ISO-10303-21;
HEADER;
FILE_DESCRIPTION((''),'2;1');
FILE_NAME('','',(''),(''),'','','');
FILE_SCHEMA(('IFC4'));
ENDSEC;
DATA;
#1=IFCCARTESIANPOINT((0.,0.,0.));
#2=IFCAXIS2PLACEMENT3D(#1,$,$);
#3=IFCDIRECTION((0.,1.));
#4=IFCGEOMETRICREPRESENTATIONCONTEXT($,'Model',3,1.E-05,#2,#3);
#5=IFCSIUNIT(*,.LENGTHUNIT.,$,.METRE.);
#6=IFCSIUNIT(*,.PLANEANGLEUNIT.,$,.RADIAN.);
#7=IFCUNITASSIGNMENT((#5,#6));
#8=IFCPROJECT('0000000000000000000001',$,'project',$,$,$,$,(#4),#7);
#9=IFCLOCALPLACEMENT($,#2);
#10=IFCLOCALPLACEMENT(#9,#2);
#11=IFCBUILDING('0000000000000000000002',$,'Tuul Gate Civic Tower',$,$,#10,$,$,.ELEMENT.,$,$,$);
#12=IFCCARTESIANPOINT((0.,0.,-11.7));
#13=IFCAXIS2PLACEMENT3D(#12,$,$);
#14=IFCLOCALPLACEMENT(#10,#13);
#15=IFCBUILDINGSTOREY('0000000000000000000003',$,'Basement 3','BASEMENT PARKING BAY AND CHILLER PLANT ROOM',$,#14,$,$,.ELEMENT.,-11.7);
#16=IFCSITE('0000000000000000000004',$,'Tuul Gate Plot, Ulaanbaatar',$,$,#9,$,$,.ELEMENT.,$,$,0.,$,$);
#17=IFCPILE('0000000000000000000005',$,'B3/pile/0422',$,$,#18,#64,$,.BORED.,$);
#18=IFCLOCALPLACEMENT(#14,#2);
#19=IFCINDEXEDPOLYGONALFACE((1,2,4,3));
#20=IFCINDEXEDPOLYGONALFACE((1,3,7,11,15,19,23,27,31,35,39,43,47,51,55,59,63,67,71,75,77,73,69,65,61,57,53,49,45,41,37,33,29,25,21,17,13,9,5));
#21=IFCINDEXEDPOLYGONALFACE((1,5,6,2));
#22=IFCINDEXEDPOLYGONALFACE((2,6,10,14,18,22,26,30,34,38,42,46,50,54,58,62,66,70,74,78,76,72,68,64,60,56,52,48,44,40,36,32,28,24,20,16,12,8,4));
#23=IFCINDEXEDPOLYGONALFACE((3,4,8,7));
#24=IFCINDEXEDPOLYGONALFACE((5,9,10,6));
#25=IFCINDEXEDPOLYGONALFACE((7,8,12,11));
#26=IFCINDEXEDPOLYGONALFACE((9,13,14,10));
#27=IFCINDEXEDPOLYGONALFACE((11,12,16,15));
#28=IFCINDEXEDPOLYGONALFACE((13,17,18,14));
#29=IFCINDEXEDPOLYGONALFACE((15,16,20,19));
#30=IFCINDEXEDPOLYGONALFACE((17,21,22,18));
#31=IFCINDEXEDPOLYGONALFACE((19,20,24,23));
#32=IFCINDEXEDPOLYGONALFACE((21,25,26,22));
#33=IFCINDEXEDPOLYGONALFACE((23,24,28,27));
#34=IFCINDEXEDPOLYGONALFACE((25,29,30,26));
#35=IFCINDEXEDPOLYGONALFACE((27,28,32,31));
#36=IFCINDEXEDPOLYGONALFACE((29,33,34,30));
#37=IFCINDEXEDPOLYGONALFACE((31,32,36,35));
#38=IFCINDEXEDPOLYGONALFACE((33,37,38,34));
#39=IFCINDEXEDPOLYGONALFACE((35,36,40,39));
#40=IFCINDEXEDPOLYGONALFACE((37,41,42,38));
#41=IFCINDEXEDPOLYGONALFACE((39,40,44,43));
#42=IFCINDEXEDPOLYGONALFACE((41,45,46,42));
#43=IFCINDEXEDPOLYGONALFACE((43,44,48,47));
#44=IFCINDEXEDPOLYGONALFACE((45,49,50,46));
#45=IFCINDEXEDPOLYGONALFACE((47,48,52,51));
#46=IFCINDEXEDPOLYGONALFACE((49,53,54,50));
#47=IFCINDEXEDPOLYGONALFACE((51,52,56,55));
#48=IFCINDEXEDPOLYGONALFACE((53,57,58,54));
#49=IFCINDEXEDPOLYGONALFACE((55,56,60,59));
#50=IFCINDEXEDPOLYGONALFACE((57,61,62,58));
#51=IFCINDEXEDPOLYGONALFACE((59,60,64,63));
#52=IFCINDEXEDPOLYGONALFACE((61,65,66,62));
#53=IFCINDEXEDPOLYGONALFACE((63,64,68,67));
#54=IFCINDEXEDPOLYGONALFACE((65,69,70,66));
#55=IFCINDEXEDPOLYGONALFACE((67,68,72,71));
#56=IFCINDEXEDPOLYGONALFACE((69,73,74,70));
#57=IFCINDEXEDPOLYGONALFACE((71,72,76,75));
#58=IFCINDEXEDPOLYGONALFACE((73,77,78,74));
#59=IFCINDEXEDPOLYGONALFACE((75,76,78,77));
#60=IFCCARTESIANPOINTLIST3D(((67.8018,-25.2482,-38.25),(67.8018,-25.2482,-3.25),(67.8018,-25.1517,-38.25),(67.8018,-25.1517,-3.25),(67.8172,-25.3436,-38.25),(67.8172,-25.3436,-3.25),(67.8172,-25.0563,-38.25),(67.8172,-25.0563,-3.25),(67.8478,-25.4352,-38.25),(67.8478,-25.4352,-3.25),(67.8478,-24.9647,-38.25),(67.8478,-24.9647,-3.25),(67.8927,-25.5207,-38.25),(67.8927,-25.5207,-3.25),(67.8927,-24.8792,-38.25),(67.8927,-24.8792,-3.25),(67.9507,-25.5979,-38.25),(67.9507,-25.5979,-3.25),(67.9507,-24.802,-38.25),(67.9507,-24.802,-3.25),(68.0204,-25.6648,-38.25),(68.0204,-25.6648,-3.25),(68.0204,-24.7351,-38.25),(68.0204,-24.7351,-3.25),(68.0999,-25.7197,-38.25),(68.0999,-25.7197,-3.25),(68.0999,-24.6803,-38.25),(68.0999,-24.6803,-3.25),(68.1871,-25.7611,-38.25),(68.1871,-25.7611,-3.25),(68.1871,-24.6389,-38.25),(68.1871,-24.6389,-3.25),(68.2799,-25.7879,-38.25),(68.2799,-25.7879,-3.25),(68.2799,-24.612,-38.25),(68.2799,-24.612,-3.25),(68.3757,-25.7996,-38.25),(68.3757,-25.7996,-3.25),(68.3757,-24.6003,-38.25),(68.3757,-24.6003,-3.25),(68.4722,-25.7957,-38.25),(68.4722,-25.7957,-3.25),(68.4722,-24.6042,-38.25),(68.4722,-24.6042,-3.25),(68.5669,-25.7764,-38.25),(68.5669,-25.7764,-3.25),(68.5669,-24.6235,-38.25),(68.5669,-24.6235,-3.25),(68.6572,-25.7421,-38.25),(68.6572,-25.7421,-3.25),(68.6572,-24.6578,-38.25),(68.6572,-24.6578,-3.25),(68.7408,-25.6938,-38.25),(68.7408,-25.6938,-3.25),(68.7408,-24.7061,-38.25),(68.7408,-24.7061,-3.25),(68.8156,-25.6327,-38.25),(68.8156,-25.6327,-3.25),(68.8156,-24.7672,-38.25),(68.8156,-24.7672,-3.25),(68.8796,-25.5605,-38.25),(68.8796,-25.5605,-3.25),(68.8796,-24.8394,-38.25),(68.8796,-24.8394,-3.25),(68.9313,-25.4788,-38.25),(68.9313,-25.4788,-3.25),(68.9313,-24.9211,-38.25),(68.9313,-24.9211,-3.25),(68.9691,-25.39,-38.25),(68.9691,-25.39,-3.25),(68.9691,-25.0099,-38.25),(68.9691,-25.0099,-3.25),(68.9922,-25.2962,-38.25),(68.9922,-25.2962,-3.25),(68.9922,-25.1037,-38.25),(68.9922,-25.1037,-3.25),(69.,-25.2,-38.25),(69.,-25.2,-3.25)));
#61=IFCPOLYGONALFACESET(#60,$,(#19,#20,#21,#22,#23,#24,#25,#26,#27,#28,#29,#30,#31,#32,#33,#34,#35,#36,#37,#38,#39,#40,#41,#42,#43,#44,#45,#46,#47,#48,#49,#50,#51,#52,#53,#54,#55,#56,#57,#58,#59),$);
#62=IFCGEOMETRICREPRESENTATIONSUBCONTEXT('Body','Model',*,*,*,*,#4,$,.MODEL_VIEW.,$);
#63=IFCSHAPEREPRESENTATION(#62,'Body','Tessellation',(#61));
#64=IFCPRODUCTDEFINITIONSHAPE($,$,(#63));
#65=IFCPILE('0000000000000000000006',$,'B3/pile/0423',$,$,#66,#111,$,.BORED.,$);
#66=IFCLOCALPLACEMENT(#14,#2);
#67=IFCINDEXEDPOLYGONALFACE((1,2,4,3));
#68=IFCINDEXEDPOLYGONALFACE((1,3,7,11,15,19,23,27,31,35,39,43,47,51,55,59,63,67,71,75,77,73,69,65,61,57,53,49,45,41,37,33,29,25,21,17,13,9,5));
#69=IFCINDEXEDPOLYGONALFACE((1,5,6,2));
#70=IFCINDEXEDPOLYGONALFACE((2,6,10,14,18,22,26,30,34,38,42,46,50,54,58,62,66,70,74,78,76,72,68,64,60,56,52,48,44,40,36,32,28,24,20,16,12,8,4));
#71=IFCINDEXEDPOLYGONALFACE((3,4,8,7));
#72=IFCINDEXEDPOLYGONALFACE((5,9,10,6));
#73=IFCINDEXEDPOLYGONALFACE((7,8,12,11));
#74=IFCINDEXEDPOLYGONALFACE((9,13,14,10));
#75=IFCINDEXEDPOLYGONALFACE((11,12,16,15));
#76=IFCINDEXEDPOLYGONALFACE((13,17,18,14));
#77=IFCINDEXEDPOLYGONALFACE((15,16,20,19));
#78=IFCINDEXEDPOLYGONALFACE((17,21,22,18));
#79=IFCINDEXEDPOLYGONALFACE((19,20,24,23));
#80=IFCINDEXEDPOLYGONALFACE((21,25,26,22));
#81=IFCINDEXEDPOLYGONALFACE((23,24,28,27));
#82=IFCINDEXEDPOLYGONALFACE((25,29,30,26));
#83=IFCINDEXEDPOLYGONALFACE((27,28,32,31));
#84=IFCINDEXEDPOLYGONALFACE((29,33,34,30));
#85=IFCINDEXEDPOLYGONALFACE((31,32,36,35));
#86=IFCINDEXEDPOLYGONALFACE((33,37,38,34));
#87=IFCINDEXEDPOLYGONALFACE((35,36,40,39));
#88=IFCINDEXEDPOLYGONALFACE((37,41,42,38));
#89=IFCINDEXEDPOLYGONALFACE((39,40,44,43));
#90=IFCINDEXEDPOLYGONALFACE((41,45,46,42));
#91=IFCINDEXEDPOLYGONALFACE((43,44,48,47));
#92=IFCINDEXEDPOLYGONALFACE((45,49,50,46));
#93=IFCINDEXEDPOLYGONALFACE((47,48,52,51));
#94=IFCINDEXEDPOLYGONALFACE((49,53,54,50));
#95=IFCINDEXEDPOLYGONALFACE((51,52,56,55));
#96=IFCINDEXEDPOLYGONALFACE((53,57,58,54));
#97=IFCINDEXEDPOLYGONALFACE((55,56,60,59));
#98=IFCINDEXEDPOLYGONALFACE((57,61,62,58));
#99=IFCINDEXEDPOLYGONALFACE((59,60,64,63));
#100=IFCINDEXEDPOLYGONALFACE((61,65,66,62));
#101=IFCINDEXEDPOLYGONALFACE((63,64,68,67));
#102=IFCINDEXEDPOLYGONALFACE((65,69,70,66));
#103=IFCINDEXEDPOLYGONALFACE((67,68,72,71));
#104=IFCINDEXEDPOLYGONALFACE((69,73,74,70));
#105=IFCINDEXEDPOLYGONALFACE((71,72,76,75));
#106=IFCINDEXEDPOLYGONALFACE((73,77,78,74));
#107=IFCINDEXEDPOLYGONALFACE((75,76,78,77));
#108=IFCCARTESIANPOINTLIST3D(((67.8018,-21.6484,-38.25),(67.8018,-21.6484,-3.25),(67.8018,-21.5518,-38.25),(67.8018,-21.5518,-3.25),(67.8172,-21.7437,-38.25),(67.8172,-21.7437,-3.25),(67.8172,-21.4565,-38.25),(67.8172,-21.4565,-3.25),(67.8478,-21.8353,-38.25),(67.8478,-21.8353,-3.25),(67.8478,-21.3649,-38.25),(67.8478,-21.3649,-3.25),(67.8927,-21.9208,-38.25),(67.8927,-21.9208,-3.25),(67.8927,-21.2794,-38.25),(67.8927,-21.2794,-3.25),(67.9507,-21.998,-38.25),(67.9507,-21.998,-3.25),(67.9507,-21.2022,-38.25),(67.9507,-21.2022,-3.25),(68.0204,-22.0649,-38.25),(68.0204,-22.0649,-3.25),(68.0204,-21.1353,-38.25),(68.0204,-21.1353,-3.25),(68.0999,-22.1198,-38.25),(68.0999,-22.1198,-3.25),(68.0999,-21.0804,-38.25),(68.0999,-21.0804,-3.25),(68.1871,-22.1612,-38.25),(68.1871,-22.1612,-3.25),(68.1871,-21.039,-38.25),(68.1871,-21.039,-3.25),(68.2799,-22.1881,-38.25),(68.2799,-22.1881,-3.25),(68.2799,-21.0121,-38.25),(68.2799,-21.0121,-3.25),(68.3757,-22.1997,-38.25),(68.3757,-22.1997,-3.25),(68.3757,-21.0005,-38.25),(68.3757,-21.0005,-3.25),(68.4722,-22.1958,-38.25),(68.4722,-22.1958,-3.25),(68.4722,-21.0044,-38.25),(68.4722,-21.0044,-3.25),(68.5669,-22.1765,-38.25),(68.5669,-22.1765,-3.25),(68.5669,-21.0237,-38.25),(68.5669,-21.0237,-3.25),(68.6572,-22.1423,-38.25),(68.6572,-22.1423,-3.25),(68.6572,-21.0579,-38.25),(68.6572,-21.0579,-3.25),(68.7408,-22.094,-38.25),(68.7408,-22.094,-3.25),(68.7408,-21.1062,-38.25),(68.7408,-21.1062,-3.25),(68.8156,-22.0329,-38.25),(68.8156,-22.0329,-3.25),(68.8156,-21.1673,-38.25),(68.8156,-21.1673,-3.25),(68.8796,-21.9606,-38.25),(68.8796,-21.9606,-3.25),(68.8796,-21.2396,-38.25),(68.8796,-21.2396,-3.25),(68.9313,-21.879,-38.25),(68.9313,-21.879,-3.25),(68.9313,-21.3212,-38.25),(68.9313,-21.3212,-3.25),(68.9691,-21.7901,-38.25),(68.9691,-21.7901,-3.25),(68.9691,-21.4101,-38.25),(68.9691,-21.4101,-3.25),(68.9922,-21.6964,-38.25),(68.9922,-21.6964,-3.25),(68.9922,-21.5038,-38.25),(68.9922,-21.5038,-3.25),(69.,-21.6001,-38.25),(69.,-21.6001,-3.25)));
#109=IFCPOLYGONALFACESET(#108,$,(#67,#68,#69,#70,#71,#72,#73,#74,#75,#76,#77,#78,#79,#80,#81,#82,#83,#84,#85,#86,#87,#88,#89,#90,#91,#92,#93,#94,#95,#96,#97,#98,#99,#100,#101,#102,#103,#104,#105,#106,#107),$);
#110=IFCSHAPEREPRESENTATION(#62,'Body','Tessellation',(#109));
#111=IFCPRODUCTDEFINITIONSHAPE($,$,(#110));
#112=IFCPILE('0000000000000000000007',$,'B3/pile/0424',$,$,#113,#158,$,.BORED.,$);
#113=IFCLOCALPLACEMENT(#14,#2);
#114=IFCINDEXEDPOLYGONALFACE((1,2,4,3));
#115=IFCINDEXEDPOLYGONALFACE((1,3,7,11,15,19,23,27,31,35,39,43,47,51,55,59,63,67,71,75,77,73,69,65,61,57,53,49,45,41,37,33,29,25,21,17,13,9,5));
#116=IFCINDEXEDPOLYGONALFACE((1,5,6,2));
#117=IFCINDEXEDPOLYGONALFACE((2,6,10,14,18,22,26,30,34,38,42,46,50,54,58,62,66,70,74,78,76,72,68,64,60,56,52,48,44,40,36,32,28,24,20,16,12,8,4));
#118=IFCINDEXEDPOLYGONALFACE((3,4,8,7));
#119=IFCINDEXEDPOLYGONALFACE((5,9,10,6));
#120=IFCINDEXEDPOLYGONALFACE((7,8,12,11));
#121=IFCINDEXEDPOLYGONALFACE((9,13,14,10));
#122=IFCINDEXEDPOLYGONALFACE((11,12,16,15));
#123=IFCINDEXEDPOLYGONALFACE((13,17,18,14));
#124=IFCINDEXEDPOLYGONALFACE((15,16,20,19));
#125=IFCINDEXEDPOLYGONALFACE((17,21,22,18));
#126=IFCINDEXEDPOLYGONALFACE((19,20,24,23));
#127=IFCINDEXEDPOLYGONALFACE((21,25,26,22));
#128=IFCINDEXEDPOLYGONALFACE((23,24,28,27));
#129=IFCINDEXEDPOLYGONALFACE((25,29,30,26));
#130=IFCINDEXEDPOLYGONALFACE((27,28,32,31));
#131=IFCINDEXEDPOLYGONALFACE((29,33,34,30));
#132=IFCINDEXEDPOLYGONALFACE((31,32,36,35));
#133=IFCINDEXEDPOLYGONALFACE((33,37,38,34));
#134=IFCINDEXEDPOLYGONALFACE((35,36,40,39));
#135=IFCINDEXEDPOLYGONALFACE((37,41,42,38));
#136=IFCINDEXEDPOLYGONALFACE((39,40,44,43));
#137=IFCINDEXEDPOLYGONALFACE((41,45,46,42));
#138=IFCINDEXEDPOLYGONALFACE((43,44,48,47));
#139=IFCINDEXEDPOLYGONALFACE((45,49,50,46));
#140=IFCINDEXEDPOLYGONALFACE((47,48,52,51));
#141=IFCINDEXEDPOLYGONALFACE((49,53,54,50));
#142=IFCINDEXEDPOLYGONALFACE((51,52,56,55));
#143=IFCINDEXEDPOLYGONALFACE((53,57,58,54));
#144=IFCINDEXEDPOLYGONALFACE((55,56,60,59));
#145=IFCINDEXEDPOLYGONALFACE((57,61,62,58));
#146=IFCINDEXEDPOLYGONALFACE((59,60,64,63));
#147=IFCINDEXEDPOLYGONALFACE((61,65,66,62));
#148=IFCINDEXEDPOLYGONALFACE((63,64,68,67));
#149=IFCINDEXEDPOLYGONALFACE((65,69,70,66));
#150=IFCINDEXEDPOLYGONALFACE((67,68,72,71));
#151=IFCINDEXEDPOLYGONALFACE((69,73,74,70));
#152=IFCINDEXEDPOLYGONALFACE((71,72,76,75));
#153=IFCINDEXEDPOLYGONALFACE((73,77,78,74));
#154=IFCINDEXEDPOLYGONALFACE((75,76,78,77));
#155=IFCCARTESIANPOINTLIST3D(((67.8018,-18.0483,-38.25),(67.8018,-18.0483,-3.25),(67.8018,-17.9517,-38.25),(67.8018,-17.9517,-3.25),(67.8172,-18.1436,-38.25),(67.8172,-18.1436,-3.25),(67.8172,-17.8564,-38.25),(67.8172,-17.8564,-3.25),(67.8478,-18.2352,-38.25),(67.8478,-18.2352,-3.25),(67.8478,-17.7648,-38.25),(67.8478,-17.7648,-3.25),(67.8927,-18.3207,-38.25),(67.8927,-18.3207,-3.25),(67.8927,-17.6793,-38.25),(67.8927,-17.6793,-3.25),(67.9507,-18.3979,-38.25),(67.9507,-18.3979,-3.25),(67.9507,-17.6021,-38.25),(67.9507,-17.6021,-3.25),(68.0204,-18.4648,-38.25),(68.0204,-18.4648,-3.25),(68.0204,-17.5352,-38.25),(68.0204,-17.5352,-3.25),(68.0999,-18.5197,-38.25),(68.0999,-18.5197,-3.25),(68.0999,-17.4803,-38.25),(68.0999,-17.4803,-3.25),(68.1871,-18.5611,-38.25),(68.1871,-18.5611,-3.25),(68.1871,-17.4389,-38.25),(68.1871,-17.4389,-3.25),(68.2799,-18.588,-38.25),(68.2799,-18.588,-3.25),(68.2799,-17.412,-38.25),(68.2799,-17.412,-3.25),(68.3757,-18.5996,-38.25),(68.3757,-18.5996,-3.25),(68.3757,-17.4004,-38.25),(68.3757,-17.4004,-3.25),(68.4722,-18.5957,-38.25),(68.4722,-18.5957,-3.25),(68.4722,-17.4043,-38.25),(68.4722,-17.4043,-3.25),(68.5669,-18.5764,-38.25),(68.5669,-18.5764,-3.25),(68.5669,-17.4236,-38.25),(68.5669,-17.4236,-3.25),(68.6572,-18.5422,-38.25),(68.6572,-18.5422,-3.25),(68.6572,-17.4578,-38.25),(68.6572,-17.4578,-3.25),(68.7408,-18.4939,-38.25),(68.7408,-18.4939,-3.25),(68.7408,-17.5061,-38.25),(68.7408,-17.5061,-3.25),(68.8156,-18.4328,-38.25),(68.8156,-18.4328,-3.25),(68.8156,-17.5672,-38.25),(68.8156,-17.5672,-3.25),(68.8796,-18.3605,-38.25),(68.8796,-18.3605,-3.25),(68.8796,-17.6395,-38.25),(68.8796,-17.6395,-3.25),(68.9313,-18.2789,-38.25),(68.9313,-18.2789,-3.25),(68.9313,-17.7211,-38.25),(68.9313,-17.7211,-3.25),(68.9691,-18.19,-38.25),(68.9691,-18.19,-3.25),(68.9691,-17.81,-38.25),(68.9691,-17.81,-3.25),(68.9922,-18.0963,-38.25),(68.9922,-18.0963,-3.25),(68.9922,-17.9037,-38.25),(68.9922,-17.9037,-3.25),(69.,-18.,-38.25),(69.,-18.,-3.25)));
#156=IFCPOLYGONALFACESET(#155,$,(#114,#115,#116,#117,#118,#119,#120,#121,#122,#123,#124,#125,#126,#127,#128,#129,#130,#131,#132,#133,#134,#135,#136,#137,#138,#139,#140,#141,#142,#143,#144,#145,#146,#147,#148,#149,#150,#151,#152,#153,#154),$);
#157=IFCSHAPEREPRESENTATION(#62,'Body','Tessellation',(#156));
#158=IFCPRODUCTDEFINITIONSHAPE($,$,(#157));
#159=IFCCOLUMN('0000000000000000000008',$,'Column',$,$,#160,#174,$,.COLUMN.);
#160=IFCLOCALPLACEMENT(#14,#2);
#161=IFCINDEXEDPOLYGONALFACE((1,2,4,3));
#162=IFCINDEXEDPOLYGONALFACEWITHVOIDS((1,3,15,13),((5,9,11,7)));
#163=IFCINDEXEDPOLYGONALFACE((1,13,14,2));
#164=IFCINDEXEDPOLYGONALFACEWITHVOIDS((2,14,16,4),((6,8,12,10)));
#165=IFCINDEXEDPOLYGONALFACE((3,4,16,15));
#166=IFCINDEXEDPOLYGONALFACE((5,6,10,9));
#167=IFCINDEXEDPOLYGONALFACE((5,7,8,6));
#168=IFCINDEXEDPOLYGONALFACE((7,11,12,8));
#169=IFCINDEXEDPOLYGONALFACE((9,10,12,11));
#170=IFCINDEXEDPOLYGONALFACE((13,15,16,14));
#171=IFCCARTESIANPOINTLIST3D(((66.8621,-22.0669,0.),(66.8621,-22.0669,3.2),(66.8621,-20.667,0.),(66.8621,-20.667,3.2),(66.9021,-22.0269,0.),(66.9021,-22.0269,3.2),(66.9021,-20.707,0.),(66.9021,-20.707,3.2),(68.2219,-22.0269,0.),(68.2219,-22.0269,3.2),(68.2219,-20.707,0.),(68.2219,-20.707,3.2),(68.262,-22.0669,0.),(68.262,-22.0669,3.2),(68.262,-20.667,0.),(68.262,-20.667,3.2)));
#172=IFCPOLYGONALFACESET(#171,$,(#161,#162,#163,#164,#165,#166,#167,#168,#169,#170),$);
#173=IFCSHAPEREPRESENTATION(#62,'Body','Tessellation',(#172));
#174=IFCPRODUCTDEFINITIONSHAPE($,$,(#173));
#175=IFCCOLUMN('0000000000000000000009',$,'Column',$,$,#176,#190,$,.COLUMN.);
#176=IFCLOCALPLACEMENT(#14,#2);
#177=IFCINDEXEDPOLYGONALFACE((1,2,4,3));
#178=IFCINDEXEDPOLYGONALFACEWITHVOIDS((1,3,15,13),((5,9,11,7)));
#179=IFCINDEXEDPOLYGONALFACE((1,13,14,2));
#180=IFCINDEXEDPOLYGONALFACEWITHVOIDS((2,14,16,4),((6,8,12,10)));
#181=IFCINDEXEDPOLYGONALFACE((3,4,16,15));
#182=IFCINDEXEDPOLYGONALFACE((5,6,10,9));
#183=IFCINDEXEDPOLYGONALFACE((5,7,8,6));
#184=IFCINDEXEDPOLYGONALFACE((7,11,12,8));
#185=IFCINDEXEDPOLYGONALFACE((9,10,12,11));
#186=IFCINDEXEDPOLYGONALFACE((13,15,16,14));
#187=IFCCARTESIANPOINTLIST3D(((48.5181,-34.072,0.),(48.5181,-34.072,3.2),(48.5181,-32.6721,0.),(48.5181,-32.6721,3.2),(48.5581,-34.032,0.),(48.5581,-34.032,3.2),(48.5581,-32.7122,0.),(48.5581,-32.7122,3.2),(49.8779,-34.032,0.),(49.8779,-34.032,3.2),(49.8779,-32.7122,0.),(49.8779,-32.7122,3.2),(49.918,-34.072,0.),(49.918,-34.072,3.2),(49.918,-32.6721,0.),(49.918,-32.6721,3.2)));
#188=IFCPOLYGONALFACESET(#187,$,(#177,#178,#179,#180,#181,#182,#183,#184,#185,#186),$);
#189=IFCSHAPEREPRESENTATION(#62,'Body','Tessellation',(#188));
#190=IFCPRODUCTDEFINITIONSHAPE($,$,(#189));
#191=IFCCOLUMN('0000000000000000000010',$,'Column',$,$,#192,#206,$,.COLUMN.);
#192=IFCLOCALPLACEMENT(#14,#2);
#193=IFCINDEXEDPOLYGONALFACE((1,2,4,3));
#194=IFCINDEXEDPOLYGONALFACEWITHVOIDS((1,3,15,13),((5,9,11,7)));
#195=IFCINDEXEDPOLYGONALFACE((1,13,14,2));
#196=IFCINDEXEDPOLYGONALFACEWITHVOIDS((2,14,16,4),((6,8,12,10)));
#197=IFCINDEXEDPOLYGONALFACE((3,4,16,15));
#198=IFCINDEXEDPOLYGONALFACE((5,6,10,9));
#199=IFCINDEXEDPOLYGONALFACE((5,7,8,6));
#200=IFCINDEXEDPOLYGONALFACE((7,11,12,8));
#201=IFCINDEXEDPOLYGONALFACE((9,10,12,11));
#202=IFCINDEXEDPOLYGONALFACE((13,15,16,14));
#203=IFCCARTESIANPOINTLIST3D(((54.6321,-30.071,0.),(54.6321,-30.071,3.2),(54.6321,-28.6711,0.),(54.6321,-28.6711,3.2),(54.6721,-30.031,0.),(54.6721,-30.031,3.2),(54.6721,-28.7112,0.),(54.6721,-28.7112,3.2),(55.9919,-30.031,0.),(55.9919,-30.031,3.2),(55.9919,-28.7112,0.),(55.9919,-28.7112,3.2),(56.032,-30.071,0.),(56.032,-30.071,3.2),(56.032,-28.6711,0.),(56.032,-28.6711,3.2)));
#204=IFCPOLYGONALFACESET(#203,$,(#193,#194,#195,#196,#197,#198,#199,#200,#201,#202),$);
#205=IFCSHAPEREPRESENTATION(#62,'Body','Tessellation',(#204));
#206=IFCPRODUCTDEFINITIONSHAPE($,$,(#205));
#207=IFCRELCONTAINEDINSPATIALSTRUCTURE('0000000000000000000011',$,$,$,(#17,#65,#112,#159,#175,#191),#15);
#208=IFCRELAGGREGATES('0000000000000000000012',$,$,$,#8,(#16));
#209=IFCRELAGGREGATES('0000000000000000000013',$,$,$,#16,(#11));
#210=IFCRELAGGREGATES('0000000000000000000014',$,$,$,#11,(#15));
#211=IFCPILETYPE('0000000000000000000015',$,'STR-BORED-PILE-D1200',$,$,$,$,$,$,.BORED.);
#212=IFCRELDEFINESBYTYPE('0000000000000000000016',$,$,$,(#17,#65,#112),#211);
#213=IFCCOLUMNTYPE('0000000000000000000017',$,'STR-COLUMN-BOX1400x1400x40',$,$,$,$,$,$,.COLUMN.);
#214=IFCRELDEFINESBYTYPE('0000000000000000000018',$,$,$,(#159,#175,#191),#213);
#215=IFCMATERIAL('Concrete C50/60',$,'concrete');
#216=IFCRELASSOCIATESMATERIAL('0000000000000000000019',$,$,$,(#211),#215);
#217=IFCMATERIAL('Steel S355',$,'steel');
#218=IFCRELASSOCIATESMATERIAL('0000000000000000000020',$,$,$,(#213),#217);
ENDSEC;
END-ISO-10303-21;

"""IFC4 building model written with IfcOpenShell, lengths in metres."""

from ifc_helpers import new_model, si_unit, direction, frame, origin, origin_2d, place, context, subcontext, project, spatial, hollow_rectangle, circle, extrude, material, material_profile, profile_set, type_object, element, save


model = new_model("IFC4")

# Units and contexts
model_context = context("Model", 3, precision=1e-05, world=origin(), true_north=direction((0.0, 1.0)))
body_context = subcontext(model_context, "Body", "Model", "MODEL_VIEW")
ifc_project = project(units=[si_unit("LENGTHUNIT", "METRE"), si_unit("PLANEANGLEUNIT", "RADIAN")], contexts=[model_context])

# Site, building, storey
site_placement = place(None, origin())
site = spatial("IfcSite", under=ifc_project, at=site_placement, Name="Tuul Gate Plot, Ulaanbaatar", CompositionType="ELEMENT", RefElevation=0.0)
building_placement = place(site_placement, origin())
building = spatial("IfcBuilding", under=site, at=building_placement, Name="Tuul Gate Civic Tower", CompositionType="ELEMENT")
storey_placement = place(building_placement, frame((0.0, 0.0, -11.7)))
storey = spatial("IfcBuildingStorey", under=building, at=storey_placement, Name="Basement 3", Description="BASEMENT PARKING BAY AND CHILLER PLANT ROOM", CompositionType="ELEMENT", Elevation=-11.7)

# Piles
ifc_material_1 = material(Name="Concrete C50/60", Category="concrete")
ifc_material_profile_1 = material_profile(ifc_material_1, circle(Radius=0.6001, at=origin_2d()), Name="PILE1200")
ifc_profile_set_1 = profile_set([ifc_material_profile_1], Name="Concrete C50/60")
pile_type = type_object("IfcPileType", Name="STR-BORED-PILE-D1200", PredefinedType="BORED", material=ifc_profile_set_1)
for number, where, z_axis, x_axis, name in (
    (1, (68.3999, -25.2, -3.25), (0.0, 0.0, -1.0), (1.0, 0.0, 0.0), "B3/pile/0422"),
    (2, (68.3999, -21.6001, -3.25), (0.0, 0.0, -1.0), (1.0, 0.0, 0.0), "B3/pile/0423"),
    (3, (68.3999, -18.0, -3.25), (0.0, 0.0, -1.0), (1.0, 0.0, 0.0), "B3/pile/0424"),
):
    element("IfcPile", number, at=place(storey_placement, frame(where, z_axis=z_axis, x_axis=x_axis)), inside=storey, type_object=pile_type, Name=name, PredefinedType="BORED", context=body_context, shape_type="SweptSolid", body=[
        extrude(circle(Radius=0.6001, at=origin_2d()), origin(), (0.0, 0.0, 1.0), 35.0),
    ])

# Columns
ifc_material_2 = material(Name="Steel S355", Category="steel")
ifc_material_profile_2 = material_profile(ifc_material_2, hollow_rectangle(XDim=1.3999, YDim=1.3999, WallThickness=0.04, at=origin_2d()), Name="BOX1400x1400x40")
ifc_profile_set_2 = profile_set([ifc_material_profile_2], Name="Steel S355")
column_type = type_object("IfcColumnType", Name="STR-COLUMN-BOX1400x1400x40", PredefinedType="COLUMN", material=ifc_profile_set_2)
for number, where, z_axis, x_axis, name in (
    (4, (67.562, -21.3669, 0.0), (0.0, 0.0, 1.0), (1.0, 0.0, 0.0), "Column"),
    (5, (49.218, -33.3721, 0.0), (0.0, 0.0, 1.0), (1.0, 0.0, 0.0), "Column"),
    (6, (55.332, -29.3711, 0.0), (0.0, 0.0, 1.0), (1.0, 0.0, 0.0), "Column"),
):
    element("IfcColumn", number, at=place(storey_placement, frame(where, z_axis=z_axis, x_axis=x_axis)), inside=storey, type_object=column_type, Name=name, PredefinedType="COLUMN", context=body_context, shape_type="SweptSolid", body=[
        extrude(hollow_rectangle(XDim=1.3999, YDim=1.3999, WallThickness=0.04, at=origin_2d()), origin(), (0.0, 0.0, 1.0), 3.2),
    ])

save(model, "model.ifc")
